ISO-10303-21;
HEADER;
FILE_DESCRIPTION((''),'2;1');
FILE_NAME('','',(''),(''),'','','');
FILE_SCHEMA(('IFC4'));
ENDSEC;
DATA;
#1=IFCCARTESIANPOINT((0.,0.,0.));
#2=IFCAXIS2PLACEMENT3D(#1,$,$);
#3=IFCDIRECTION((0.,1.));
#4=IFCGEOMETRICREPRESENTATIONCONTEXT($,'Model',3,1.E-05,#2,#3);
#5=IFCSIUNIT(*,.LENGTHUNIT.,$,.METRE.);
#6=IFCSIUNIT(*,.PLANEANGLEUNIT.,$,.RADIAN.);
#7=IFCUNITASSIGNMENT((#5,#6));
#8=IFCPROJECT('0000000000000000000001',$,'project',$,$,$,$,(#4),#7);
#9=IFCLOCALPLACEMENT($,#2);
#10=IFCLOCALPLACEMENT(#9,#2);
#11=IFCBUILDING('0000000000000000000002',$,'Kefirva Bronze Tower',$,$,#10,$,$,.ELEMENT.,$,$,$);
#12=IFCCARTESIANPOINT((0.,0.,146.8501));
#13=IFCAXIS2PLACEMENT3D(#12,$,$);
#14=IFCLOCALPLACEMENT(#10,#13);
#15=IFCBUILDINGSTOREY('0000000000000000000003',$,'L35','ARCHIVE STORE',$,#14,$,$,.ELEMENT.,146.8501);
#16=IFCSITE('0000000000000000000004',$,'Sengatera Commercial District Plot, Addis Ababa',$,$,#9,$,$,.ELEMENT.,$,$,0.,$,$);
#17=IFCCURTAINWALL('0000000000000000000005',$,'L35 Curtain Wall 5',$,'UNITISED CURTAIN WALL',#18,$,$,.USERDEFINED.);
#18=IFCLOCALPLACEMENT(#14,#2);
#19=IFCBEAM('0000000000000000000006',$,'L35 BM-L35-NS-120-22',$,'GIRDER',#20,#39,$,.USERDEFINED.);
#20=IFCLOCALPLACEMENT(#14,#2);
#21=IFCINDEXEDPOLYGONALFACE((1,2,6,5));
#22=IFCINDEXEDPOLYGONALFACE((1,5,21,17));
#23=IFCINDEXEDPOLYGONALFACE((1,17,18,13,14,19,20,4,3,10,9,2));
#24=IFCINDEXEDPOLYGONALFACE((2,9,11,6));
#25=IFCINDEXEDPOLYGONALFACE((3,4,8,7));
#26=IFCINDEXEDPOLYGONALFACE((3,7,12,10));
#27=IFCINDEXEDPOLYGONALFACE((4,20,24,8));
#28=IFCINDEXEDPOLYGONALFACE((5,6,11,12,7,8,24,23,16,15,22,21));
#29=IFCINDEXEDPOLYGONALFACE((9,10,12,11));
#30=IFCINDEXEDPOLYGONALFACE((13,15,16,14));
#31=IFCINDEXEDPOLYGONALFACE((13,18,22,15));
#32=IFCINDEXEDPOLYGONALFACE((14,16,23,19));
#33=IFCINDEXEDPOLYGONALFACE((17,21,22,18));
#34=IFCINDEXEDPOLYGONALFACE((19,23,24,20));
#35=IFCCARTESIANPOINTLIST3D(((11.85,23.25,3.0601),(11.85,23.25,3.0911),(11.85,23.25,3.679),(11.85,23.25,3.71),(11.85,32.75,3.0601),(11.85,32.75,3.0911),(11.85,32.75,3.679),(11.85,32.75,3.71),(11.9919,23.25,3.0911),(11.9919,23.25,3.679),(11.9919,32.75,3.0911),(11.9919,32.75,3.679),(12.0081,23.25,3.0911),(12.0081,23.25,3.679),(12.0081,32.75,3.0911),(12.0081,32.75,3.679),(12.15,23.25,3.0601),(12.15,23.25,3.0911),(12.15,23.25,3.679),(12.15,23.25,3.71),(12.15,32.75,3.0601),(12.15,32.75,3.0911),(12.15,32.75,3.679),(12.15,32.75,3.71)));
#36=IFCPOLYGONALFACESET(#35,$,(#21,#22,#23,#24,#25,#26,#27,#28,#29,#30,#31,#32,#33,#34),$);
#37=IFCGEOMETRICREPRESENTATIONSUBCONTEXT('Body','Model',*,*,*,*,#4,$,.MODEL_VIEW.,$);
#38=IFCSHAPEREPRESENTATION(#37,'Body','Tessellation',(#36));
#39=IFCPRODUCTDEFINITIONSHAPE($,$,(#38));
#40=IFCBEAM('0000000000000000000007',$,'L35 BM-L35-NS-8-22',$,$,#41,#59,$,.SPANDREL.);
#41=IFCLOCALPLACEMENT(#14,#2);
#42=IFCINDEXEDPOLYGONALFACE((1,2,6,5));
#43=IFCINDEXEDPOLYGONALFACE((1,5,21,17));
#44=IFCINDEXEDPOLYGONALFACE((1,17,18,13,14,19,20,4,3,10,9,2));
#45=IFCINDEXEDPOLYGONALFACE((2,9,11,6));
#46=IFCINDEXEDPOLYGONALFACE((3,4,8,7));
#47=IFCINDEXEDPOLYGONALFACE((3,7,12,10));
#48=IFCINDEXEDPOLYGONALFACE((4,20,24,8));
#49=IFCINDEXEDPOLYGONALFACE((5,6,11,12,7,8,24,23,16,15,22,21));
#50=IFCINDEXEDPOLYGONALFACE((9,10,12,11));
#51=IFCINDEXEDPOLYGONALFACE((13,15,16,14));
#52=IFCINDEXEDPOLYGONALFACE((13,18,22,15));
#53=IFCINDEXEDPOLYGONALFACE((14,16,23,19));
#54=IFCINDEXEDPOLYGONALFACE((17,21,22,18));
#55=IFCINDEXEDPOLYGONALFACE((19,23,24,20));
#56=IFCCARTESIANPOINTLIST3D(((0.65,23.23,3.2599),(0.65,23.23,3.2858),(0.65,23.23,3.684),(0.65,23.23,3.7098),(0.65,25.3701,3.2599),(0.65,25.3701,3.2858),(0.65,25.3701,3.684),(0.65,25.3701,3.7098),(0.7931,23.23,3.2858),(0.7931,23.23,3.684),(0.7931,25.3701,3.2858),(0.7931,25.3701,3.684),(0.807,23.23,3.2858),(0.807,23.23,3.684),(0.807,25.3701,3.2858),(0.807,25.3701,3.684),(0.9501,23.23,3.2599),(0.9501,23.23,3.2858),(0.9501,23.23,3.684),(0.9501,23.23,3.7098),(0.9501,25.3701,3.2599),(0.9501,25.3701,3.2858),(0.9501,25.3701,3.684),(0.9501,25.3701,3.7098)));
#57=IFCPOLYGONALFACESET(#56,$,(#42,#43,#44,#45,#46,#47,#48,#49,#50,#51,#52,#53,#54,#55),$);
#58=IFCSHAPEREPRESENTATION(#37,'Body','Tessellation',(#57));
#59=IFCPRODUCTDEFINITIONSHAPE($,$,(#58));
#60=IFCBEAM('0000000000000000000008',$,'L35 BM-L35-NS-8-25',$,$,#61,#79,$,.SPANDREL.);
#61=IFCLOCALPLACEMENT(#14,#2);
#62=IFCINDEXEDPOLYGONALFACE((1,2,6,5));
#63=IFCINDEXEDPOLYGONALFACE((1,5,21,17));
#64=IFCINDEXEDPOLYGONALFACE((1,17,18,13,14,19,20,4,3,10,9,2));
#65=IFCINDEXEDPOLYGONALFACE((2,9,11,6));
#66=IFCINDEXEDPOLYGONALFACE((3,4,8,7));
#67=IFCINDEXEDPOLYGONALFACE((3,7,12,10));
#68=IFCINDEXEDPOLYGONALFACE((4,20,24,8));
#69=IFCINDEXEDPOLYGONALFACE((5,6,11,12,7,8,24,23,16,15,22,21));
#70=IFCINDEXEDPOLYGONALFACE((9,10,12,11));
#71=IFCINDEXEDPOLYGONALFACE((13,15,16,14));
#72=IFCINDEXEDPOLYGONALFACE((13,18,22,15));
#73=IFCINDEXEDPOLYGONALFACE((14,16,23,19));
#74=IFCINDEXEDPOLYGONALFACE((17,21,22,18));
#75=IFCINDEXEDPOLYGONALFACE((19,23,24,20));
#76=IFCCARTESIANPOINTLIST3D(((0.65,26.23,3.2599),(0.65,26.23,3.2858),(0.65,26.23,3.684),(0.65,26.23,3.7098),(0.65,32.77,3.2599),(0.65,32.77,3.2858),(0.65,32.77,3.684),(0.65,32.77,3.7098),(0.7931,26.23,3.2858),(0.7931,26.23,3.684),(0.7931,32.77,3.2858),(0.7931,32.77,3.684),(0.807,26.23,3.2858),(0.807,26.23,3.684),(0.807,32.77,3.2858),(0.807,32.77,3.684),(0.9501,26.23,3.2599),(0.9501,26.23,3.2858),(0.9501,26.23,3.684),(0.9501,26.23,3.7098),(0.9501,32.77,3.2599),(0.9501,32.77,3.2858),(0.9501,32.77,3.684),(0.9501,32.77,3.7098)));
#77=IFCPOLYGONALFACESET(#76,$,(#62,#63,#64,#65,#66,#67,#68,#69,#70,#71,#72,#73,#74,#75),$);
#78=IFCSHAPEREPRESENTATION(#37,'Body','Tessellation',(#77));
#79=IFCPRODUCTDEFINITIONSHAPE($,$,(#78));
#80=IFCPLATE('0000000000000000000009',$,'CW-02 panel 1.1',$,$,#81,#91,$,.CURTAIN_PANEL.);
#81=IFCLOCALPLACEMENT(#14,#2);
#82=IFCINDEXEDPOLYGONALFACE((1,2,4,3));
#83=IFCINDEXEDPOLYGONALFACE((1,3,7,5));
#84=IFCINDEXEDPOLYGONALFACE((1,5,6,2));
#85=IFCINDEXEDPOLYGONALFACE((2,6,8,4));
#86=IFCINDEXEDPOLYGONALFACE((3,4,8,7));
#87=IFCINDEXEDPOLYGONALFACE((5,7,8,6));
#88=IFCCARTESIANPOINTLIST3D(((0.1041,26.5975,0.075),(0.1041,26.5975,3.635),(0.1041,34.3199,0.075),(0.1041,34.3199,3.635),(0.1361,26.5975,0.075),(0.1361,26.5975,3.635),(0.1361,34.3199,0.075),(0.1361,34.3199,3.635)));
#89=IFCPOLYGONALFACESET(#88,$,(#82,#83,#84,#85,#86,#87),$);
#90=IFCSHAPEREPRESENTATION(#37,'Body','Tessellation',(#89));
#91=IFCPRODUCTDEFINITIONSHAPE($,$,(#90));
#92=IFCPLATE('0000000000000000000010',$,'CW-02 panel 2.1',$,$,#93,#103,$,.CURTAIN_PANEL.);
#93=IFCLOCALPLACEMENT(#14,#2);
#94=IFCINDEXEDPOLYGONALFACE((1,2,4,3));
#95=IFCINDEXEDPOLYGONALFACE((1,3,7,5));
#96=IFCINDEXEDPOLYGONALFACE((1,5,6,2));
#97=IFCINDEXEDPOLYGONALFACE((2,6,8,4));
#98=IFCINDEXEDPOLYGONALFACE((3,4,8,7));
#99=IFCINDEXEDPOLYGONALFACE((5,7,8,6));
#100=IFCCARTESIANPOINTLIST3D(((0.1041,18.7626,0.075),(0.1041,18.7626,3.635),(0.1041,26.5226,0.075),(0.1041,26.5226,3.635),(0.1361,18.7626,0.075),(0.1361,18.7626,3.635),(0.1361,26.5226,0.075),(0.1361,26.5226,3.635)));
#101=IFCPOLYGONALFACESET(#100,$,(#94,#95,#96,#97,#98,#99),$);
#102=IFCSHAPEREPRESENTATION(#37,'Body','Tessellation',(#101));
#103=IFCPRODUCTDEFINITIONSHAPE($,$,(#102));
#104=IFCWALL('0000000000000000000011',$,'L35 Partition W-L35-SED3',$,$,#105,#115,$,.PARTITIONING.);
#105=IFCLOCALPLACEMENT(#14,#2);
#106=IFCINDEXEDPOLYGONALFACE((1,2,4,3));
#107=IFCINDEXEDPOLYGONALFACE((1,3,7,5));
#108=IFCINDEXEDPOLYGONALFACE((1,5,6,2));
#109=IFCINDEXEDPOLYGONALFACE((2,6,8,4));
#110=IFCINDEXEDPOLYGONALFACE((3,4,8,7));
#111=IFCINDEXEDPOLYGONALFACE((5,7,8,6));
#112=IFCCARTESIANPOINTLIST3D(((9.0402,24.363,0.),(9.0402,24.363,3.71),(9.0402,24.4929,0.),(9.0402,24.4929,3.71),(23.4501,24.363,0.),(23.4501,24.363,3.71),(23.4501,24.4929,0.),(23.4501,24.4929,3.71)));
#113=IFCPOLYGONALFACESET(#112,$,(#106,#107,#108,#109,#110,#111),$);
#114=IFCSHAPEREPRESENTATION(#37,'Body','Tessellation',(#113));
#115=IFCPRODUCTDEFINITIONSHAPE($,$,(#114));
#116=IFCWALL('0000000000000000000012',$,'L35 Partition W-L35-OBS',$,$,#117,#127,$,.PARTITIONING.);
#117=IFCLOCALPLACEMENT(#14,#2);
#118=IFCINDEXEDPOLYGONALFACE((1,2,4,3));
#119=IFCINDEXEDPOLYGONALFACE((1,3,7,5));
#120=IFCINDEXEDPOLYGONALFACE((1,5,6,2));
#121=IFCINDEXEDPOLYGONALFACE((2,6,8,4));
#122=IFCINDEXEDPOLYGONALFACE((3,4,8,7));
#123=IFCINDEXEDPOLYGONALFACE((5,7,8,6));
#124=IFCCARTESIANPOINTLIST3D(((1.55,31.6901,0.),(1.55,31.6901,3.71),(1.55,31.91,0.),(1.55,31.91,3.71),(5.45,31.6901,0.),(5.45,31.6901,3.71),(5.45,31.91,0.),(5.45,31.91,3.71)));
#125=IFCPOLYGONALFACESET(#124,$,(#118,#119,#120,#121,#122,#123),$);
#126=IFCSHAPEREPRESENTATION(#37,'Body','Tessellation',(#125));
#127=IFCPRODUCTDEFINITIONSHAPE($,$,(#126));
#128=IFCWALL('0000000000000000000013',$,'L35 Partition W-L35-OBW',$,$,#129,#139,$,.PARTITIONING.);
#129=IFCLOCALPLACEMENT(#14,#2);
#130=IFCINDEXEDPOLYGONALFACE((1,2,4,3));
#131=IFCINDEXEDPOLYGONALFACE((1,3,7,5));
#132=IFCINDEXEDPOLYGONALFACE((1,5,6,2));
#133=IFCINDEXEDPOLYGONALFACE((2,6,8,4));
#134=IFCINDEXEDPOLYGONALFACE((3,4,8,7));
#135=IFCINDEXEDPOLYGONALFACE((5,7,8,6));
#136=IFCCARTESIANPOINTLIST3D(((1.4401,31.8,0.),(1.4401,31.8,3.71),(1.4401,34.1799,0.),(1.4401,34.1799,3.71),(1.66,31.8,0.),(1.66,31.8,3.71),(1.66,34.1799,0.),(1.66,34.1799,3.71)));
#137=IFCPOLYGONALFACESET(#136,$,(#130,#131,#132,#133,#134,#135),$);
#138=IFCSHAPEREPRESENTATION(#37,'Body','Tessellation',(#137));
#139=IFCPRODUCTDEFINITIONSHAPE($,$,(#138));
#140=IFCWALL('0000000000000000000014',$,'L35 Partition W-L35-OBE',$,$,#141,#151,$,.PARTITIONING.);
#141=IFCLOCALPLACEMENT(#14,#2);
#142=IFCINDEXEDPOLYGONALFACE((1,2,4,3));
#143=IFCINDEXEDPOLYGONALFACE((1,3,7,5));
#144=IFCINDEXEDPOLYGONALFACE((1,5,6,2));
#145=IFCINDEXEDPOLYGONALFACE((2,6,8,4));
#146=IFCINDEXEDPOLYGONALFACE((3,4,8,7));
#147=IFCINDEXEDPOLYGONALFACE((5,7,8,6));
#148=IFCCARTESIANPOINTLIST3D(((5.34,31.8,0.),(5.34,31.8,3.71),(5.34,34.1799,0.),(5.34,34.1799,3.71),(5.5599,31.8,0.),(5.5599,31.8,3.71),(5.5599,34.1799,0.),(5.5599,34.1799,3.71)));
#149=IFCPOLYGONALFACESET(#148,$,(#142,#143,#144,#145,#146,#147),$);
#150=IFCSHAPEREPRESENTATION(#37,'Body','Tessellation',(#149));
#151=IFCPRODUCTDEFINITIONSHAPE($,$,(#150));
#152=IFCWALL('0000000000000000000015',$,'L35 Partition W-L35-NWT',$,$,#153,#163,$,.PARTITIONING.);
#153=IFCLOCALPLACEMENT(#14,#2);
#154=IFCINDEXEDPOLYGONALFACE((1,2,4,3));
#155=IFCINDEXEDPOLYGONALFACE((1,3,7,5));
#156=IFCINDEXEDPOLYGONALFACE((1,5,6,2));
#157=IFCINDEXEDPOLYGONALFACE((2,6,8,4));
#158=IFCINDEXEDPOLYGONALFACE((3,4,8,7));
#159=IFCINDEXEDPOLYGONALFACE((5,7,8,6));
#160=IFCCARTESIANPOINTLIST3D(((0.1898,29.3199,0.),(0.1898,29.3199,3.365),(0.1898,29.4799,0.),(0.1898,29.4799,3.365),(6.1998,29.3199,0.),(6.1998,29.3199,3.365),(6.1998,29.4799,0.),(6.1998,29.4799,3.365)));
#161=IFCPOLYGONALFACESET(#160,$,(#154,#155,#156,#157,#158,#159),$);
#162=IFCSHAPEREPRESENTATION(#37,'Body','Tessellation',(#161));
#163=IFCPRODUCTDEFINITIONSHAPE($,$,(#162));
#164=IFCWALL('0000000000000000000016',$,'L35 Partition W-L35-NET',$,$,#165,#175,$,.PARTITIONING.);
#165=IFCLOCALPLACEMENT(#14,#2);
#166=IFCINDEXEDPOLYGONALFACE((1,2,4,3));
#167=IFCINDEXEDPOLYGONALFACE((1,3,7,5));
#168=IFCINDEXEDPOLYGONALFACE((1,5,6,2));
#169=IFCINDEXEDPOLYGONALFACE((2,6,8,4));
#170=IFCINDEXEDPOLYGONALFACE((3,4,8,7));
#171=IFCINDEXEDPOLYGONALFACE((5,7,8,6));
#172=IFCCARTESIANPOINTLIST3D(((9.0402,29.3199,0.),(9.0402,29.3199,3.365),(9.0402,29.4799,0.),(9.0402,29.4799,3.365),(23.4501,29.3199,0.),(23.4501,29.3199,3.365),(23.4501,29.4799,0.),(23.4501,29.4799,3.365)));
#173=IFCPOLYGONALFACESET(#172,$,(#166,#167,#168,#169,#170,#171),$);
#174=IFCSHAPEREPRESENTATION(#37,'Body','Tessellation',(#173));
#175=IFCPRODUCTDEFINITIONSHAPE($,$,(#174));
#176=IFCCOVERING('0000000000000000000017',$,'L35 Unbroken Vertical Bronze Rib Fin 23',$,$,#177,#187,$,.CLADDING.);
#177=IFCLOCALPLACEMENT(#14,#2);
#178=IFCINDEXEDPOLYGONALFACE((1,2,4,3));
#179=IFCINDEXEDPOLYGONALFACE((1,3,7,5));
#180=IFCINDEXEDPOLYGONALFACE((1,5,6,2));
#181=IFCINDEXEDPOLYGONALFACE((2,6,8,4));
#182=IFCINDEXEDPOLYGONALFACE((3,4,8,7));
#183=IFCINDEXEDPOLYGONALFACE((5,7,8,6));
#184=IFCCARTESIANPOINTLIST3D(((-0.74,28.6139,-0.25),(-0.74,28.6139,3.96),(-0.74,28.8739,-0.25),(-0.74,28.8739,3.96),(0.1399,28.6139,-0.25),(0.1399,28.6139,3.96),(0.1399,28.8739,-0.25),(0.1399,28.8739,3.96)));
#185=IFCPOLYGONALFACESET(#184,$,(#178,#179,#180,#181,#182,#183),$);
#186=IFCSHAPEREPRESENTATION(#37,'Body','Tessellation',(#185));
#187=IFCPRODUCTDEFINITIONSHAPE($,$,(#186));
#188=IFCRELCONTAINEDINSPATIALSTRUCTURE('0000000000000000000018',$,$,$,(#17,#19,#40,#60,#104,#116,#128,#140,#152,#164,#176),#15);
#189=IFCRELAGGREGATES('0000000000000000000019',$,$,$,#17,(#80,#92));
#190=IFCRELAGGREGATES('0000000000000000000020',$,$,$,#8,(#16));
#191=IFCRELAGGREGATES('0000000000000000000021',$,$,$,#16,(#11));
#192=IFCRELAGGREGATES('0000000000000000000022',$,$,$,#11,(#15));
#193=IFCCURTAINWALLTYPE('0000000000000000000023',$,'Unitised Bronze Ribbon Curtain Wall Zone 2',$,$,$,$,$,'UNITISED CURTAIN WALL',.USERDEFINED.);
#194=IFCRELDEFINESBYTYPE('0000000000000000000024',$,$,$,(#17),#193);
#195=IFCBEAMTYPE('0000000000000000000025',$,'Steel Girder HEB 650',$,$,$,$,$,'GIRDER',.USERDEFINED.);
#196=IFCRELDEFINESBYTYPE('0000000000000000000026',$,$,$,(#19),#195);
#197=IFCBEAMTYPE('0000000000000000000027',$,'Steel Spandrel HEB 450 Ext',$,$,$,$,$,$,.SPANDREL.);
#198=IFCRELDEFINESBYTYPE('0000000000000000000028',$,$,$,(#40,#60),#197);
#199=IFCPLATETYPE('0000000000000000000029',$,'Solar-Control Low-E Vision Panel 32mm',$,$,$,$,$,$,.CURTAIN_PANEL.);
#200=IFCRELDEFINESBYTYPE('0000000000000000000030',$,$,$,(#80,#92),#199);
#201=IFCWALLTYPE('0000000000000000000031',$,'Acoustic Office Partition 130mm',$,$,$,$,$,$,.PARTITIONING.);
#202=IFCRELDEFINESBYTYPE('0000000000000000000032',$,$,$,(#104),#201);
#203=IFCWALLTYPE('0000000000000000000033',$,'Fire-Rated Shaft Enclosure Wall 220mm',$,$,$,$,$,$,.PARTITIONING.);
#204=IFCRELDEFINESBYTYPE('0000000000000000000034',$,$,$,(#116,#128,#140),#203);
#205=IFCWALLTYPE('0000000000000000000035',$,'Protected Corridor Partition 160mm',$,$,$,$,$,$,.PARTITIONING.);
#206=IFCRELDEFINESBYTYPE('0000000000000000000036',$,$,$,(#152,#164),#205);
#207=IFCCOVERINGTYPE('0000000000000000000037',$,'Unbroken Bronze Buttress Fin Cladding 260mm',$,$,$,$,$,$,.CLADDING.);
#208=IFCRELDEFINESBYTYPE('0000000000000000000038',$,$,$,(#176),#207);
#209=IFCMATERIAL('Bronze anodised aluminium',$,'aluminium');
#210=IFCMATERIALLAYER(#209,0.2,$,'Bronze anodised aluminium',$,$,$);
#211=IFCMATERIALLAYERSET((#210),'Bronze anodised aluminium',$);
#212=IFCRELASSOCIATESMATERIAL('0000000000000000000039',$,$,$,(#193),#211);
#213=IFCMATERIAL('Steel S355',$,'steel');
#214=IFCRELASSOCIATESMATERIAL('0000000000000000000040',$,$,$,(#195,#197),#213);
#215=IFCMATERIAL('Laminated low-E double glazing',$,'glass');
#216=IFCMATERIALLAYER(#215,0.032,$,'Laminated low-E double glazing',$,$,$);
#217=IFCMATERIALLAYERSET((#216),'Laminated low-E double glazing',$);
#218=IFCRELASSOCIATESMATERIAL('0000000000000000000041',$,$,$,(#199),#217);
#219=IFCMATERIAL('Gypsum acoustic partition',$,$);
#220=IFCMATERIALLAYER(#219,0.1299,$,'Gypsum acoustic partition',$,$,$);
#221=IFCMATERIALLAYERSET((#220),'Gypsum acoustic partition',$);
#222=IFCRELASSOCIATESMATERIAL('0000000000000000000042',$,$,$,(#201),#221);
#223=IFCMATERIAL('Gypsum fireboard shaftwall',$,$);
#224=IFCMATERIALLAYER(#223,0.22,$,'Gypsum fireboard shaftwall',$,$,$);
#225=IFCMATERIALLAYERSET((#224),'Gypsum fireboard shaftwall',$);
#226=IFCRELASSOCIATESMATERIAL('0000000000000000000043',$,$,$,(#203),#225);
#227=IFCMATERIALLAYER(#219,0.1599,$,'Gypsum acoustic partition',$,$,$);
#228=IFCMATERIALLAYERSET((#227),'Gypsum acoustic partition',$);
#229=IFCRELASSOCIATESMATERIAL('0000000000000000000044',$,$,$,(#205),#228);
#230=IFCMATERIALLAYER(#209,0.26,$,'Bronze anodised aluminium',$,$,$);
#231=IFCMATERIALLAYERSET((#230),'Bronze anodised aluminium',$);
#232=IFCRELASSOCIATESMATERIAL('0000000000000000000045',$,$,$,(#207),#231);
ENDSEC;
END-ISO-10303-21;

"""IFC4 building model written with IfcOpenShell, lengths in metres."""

from ifc_helpers import new_model, si_unit, direction, frame, frame_2d, origin, origin_2d, place, context, subcontext, project, spatial, rectangle, i_section, extrude, material, layer, layer_set, material_profile, profile_set, type_object, element, aggregate, save


model = new_model("IFC4")

# Units and contexts
model_context = context("Model", 3, precision=1e-05, world=origin(), true_north=direction((0.0, 1.0)))
body_context = subcontext(model_context, "Body", "Model", "MODEL_VIEW")
ifc_project = project(units=[si_unit("LENGTHUNIT", "METRE"), si_unit("PLANEANGLEUNIT", "RADIAN")], contexts=[model_context])

# Site, building, storey
site_placement = place(None, origin())
site = spatial("IfcSite", under=ifc_project, at=site_placement, Name="Sengatera Commercial District Plot, Addis Ababa", CompositionType="ELEMENT", RefElevation=0.0)
building_placement = place(site_placement, origin())
building = spatial("IfcBuilding", under=site, at=building_placement, Name="Kefirva Bronze Tower", CompositionType="ELEMENT")
storey_placement = place(building_placement, frame((0.0, 0.0, 146.8501)))
storey = spatial("IfcBuildingStorey", under=building, at=storey_placement, Name="L35", Description="ARCHIVE STORE", CompositionType="ELEMENT", Elevation=146.8501)

# Curtain wall
ifc_material_1 = material(Name="Bronze anodised aluminium", Category="aluminium")
ifc_layer_1 = layer(ifc_material_1, 0.2, Name="Bronze anodised aluminium")
ifc_layer_set_1 = layer_set([ifc_layer_1], Name="Bronze anodised aluminium")
curtain_wall_type = type_object("IfcCurtainWallType", Name="Unitised Bronze Ribbon Curtain Wall Zone 2", ElementType="UNITISED CURTAIN WALL", PredefinedType="USERDEFINED", material=ifc_layer_set_1)
curtain_wall_placement = place(storey_placement, origin())
curtain_wall = element("IfcCurtainWall", 1, at=curtain_wall_placement, inside=storey, type_object=curtain_wall_type, Name="L35 Curtain Wall 5", ObjectType="UNITISED CURTAIN WALL", PredefinedType="USERDEFINED")

# Beams
ifc_material_2 = material(Name="Steel S355", Category="steel")
ifc_material_profile_1 = material_profile(ifc_material_2, i_section(OverallWidth=0.3, OverallDepth=0.6499, WebThickness=0.0161, FlangeThickness=0.031, at=origin_2d()), Name="HEB 650")
ifc_profile_set_1 = profile_set([ifc_material_profile_1], Name="Steel S355")
beam_type_1 = type_object("IfcBeamType", Name="Steel Girder HEB 650", ElementType="GIRDER", PredefinedType="USERDEFINED", material=ifc_profile_set_1)
beam_1_placement = place(storey_placement, frame((12.0, 23.25, 3.385), z_axis=(0.0, 1.0, 0.0), x_axis=(-1.0, 0.0, 0.0)))
element("IfcBeam", 2, at=beam_1_placement, inside=storey, type_object=beam_type_1, Name="L35 BM-L35-NS-120-22", ObjectType="GIRDER", PredefinedType="USERDEFINED", context=body_context, shape_type="SweptSolid", body=[
    extrude(i_section(OverallWidth=0.3, OverallDepth=0.6499, WebThickness=0.0161, FlangeThickness=0.031, at=origin_2d()), origin(), (0.0, 0.0, 1.0), 9.5),
])
ifc_material_profile_2 = material_profile(ifc_material_2, i_section(OverallWidth=0.3, OverallDepth=0.45, WebThickness=0.0139, FlangeThickness=0.0259, at=origin_2d()), Name="HEB 450")
ifc_profile_set_2 = profile_set([ifc_material_profile_2], Name="Steel S355")
beam_type_2 = type_object("IfcBeamType", Name="Steel Spandrel HEB 450 Ext", PredefinedType="SPANDREL", material=ifc_profile_set_2)
beam_2_placement = place(storey_placement, frame((0.8, 23.23, 3.4849), z_axis=(0.0, 1.0, 0.0), x_axis=(-1.0, 0.0, 0.0)))
element("IfcBeam", 3, at=beam_2_placement, inside=storey, type_object=beam_type_2, Name="L35 BM-L35-NS-8-22", PredefinedType="SPANDREL", context=body_context, shape_type="SweptSolid", body=[
    extrude(i_section(OverallWidth=0.3, OverallDepth=0.45, WebThickness=0.0139, FlangeThickness=0.0259, at=origin_2d()), origin(), (0.0, 0.0, 1.0), 2.1401),
])
beam_3_placement = place(storey_placement, frame((0.8, 26.23, 3.4849), z_axis=(0.0, 1.0, 0.0), x_axis=(-1.0, 0.0, 0.0)))
element("IfcBeam", 4, at=beam_3_placement, inside=storey, type_object=beam_type_2, Name="L35 BM-L35-NS-8-25", PredefinedType="SPANDREL", context=body_context, shape_type="SweptSolid", body=[
    extrude(i_section(OverallWidth=0.3, OverallDepth=0.45, WebThickness=0.0139, FlangeThickness=0.0259, at=origin_2d()), origin(), (0.0, 0.0, 1.0), 6.54),
])

# Plates
ifc_material_3 = material(Name="Laminated low-E double glazing", Category="glass")
ifc_layer_2 = layer(ifc_material_3, 0.032, Name="Laminated low-E double glazing")
ifc_layer_set_2 = layer_set([ifc_layer_2], Name="Laminated low-E double glazing")
plate_type = type_object("IfcPlateType", Name="Solar-Control Low-E Vision Panel 32mm", PredefinedType="CURTAIN_PANEL", material=ifc_layer_set_2)
plate_1_placement = place(storey_placement, frame((0.1201, 30.4587, 0.075), z_axis=(0.0, 0.0, 1.0), x_axis=(0.0, -1.0, 0.0)))
plate_1 = element("IfcPlate", 5, at=plate_1_placement, type_object=plate_type, Name="CW-02 panel 1.1", PredefinedType="CURTAIN_PANEL", context=body_context, shape_type="SweptSolid", body=[
    extrude(rectangle(XDim=7.7224, YDim=0.032, at=origin_2d()), origin(), (0.0, 0.0, 1.0), 3.5601),
])
plate_2_placement = place(storey_placement, frame((0.1201, 22.6426, 0.075), z_axis=(0.0, 0.0, 1.0), x_axis=(0.0, -1.0, 0.0)))
plate_2 = element("IfcPlate", 6, at=plate_2_placement, type_object=plate_type, Name="CW-02 panel 2.1", PredefinedType="CURTAIN_PANEL", context=body_context, shape_type="SweptSolid", body=[
    extrude(rectangle(XDim=7.76, YDim=0.032, at=origin_2d()), origin(), (0.0, 0.0, 1.0), 3.5601),
])
aggregate(curtain_wall, [plate_1, plate_2])

# Walls
ifc_material_4 = material(Name="Gypsum acoustic partition")
ifc_layer_3 = layer(ifc_material_4, 0.1299, Name="Gypsum acoustic partition")
ifc_layer_set_3 = layer_set([ifc_layer_3], Name="Gypsum acoustic partition")
wall_type_1 = type_object("IfcWallType", Name="Acoustic Office Partition 130mm", PredefinedType="PARTITIONING", material=ifc_layer_set_3)
wall_1_placement = place(storey_placement, frame((9.04, 24.428, 0.0), z_axis=(0.0, 0.0, 1.0), x_axis=(1.0, 0.0, 0.0)))
element("IfcWall", 7, at=wall_1_placement, inside=storey, type_object=wall_type_1, Name="L35 Partition W-L35-SED3", PredefinedType="PARTITIONING", context=body_context, shape_type="SweptSolid", body=[
    extrude(rectangle(XDim=14.4099, YDim=0.1299, at=frame_2d((7.2051, 0.0))), origin(), (0.0, 0.0, 1.0), 3.71),
])
ifc_material_5 = material(Name="Gypsum fireboard shaftwall")
ifc_layer_4 = layer(ifc_material_5, 0.22, Name="Gypsum fireboard shaftwall")
ifc_layer_set_4 = layer_set([ifc_layer_4], Name="Gypsum fireboard shaftwall")
wall_type_2 = type_object("IfcWallType", Name="Fire-Rated Shaft Enclosure Wall 220mm", PredefinedType="PARTITIONING", material=ifc_layer_set_4)
wall_2_placement = place(storey_placement, frame((1.55, 31.8, 0.0), z_axis=(0.0, 0.0, 1.0), x_axis=(1.0, 0.0, 0.0)))
element("IfcWall", 8, at=wall_2_placement, inside=storey, type_object=wall_type_2, Name="L35 Partition W-L35-OBS", PredefinedType="PARTITIONING", context=body_context, shape_type="SweptSolid", body=[
    extrude(rectangle(XDim=3.8999, YDim=0.22, at=frame_2d((1.95, 0.0))), origin(), (0.0, 0.0, 1.0), 3.71),
])
for number, where, z_axis, x_axis, name in (
    (9, (1.55, 31.8, 0.0), (0.0, 0.0, 1.0), (0.0, 1.0, 0.0), "L35 Partition W-L35-OBW"),
    (10, (5.45, 31.8, 0.0), (0.0, 0.0, 1.0), (0.0, 1.0, 0.0), "L35 Partition W-L35-OBE"),
):
    element("IfcWall", number, at=place(storey_placement, frame(where, z_axis=z_axis, x_axis=x_axis)), inside=storey, type_object=wall_type_2, Name=name, PredefinedType="PARTITIONING", context=body_context, shape_type="SweptSolid", body=[
        extrude(rectangle(XDim=2.3799, YDim=0.22, at=frame_2d((1.1899, 0.0))), origin(), (0.0, 0.0, 1.0), 3.71),
    ])
ifc_layer_5 = layer(ifc_material_4, 0.1599, Name="Gypsum acoustic partition")
ifc_layer_set_5 = layer_set([ifc_layer_5], Name="Gypsum acoustic partition")
wall_type_3 = type_object("IfcWallType", Name="Protected Corridor Partition 160mm", PredefinedType="PARTITIONING", material=ifc_layer_set_5)
wall_3_placement = place(storey_placement, frame((0.1899, 29.3999, 0.0), z_axis=(0.0, 0.0, 1.0), x_axis=(1.0, 0.0, 0.0)))
element("IfcWall", 11, at=wall_3_placement, inside=storey, type_object=wall_type_3, Name="L35 Partition W-L35-NWT", PredefinedType="PARTITIONING", context=body_context, shape_type="SweptSolid", body=[
    extrude(rectangle(XDim=6.01, YDim=0.1599, at=frame_2d((3.0049, 0.0))), origin(), (0.0, 0.0, 1.0), 3.365),
])
wall_4_placement = place(storey_placement, frame((9.04, 29.3999, 0.0), z_axis=(0.0, 0.0, 1.0), x_axis=(1.0, 0.0, 0.0)))
element("IfcWall", 12, at=wall_4_placement, inside=storey, type_object=wall_type_3, Name="L35 Partition W-L35-NET", PredefinedType="PARTITIONING", context=body_context, shape_type="SweptSolid", body=[
    extrude(rectangle(XDim=14.4099, YDim=0.1599, at=frame_2d((7.2051, 0.0))), origin(), (0.0, 0.0, 1.0), 3.365),
])

# Covering
ifc_layer_6 = layer(ifc_material_1, 0.26, Name="Bronze anodised aluminium")
ifc_layer_set_6 = layer_set([ifc_layer_6], Name="Bronze anodised aluminium")
covering_type = type_object("IfcCoveringType", Name="Unbroken Bronze Buttress Fin Cladding 260mm", PredefinedType="CLADDING", material=ifc_layer_set_6)
for number, where, z_axis, x_axis, name in (
    (13, (-0.3, 28.7439, -0.25), (0.0, 0.0, 1.0), (0.0, -1.0, 0.0), "L35 Unbroken Vertical Bronze Rib Fin 23"),
):
    element("IfcCovering", number, at=place(storey_placement, frame(where, z_axis=z_axis, x_axis=x_axis)), inside=storey, type_object=covering_type, Name=name, PredefinedType="CLADDING", context=body_context, shape_type="SweptSolid", body=[
        extrude(rectangle(XDim=0.26, YDim=0.8799, at=origin_2d()), origin(), (0.0, 0.0, 1.0), 4.21),
    ])

save(model, "model.ifc")
